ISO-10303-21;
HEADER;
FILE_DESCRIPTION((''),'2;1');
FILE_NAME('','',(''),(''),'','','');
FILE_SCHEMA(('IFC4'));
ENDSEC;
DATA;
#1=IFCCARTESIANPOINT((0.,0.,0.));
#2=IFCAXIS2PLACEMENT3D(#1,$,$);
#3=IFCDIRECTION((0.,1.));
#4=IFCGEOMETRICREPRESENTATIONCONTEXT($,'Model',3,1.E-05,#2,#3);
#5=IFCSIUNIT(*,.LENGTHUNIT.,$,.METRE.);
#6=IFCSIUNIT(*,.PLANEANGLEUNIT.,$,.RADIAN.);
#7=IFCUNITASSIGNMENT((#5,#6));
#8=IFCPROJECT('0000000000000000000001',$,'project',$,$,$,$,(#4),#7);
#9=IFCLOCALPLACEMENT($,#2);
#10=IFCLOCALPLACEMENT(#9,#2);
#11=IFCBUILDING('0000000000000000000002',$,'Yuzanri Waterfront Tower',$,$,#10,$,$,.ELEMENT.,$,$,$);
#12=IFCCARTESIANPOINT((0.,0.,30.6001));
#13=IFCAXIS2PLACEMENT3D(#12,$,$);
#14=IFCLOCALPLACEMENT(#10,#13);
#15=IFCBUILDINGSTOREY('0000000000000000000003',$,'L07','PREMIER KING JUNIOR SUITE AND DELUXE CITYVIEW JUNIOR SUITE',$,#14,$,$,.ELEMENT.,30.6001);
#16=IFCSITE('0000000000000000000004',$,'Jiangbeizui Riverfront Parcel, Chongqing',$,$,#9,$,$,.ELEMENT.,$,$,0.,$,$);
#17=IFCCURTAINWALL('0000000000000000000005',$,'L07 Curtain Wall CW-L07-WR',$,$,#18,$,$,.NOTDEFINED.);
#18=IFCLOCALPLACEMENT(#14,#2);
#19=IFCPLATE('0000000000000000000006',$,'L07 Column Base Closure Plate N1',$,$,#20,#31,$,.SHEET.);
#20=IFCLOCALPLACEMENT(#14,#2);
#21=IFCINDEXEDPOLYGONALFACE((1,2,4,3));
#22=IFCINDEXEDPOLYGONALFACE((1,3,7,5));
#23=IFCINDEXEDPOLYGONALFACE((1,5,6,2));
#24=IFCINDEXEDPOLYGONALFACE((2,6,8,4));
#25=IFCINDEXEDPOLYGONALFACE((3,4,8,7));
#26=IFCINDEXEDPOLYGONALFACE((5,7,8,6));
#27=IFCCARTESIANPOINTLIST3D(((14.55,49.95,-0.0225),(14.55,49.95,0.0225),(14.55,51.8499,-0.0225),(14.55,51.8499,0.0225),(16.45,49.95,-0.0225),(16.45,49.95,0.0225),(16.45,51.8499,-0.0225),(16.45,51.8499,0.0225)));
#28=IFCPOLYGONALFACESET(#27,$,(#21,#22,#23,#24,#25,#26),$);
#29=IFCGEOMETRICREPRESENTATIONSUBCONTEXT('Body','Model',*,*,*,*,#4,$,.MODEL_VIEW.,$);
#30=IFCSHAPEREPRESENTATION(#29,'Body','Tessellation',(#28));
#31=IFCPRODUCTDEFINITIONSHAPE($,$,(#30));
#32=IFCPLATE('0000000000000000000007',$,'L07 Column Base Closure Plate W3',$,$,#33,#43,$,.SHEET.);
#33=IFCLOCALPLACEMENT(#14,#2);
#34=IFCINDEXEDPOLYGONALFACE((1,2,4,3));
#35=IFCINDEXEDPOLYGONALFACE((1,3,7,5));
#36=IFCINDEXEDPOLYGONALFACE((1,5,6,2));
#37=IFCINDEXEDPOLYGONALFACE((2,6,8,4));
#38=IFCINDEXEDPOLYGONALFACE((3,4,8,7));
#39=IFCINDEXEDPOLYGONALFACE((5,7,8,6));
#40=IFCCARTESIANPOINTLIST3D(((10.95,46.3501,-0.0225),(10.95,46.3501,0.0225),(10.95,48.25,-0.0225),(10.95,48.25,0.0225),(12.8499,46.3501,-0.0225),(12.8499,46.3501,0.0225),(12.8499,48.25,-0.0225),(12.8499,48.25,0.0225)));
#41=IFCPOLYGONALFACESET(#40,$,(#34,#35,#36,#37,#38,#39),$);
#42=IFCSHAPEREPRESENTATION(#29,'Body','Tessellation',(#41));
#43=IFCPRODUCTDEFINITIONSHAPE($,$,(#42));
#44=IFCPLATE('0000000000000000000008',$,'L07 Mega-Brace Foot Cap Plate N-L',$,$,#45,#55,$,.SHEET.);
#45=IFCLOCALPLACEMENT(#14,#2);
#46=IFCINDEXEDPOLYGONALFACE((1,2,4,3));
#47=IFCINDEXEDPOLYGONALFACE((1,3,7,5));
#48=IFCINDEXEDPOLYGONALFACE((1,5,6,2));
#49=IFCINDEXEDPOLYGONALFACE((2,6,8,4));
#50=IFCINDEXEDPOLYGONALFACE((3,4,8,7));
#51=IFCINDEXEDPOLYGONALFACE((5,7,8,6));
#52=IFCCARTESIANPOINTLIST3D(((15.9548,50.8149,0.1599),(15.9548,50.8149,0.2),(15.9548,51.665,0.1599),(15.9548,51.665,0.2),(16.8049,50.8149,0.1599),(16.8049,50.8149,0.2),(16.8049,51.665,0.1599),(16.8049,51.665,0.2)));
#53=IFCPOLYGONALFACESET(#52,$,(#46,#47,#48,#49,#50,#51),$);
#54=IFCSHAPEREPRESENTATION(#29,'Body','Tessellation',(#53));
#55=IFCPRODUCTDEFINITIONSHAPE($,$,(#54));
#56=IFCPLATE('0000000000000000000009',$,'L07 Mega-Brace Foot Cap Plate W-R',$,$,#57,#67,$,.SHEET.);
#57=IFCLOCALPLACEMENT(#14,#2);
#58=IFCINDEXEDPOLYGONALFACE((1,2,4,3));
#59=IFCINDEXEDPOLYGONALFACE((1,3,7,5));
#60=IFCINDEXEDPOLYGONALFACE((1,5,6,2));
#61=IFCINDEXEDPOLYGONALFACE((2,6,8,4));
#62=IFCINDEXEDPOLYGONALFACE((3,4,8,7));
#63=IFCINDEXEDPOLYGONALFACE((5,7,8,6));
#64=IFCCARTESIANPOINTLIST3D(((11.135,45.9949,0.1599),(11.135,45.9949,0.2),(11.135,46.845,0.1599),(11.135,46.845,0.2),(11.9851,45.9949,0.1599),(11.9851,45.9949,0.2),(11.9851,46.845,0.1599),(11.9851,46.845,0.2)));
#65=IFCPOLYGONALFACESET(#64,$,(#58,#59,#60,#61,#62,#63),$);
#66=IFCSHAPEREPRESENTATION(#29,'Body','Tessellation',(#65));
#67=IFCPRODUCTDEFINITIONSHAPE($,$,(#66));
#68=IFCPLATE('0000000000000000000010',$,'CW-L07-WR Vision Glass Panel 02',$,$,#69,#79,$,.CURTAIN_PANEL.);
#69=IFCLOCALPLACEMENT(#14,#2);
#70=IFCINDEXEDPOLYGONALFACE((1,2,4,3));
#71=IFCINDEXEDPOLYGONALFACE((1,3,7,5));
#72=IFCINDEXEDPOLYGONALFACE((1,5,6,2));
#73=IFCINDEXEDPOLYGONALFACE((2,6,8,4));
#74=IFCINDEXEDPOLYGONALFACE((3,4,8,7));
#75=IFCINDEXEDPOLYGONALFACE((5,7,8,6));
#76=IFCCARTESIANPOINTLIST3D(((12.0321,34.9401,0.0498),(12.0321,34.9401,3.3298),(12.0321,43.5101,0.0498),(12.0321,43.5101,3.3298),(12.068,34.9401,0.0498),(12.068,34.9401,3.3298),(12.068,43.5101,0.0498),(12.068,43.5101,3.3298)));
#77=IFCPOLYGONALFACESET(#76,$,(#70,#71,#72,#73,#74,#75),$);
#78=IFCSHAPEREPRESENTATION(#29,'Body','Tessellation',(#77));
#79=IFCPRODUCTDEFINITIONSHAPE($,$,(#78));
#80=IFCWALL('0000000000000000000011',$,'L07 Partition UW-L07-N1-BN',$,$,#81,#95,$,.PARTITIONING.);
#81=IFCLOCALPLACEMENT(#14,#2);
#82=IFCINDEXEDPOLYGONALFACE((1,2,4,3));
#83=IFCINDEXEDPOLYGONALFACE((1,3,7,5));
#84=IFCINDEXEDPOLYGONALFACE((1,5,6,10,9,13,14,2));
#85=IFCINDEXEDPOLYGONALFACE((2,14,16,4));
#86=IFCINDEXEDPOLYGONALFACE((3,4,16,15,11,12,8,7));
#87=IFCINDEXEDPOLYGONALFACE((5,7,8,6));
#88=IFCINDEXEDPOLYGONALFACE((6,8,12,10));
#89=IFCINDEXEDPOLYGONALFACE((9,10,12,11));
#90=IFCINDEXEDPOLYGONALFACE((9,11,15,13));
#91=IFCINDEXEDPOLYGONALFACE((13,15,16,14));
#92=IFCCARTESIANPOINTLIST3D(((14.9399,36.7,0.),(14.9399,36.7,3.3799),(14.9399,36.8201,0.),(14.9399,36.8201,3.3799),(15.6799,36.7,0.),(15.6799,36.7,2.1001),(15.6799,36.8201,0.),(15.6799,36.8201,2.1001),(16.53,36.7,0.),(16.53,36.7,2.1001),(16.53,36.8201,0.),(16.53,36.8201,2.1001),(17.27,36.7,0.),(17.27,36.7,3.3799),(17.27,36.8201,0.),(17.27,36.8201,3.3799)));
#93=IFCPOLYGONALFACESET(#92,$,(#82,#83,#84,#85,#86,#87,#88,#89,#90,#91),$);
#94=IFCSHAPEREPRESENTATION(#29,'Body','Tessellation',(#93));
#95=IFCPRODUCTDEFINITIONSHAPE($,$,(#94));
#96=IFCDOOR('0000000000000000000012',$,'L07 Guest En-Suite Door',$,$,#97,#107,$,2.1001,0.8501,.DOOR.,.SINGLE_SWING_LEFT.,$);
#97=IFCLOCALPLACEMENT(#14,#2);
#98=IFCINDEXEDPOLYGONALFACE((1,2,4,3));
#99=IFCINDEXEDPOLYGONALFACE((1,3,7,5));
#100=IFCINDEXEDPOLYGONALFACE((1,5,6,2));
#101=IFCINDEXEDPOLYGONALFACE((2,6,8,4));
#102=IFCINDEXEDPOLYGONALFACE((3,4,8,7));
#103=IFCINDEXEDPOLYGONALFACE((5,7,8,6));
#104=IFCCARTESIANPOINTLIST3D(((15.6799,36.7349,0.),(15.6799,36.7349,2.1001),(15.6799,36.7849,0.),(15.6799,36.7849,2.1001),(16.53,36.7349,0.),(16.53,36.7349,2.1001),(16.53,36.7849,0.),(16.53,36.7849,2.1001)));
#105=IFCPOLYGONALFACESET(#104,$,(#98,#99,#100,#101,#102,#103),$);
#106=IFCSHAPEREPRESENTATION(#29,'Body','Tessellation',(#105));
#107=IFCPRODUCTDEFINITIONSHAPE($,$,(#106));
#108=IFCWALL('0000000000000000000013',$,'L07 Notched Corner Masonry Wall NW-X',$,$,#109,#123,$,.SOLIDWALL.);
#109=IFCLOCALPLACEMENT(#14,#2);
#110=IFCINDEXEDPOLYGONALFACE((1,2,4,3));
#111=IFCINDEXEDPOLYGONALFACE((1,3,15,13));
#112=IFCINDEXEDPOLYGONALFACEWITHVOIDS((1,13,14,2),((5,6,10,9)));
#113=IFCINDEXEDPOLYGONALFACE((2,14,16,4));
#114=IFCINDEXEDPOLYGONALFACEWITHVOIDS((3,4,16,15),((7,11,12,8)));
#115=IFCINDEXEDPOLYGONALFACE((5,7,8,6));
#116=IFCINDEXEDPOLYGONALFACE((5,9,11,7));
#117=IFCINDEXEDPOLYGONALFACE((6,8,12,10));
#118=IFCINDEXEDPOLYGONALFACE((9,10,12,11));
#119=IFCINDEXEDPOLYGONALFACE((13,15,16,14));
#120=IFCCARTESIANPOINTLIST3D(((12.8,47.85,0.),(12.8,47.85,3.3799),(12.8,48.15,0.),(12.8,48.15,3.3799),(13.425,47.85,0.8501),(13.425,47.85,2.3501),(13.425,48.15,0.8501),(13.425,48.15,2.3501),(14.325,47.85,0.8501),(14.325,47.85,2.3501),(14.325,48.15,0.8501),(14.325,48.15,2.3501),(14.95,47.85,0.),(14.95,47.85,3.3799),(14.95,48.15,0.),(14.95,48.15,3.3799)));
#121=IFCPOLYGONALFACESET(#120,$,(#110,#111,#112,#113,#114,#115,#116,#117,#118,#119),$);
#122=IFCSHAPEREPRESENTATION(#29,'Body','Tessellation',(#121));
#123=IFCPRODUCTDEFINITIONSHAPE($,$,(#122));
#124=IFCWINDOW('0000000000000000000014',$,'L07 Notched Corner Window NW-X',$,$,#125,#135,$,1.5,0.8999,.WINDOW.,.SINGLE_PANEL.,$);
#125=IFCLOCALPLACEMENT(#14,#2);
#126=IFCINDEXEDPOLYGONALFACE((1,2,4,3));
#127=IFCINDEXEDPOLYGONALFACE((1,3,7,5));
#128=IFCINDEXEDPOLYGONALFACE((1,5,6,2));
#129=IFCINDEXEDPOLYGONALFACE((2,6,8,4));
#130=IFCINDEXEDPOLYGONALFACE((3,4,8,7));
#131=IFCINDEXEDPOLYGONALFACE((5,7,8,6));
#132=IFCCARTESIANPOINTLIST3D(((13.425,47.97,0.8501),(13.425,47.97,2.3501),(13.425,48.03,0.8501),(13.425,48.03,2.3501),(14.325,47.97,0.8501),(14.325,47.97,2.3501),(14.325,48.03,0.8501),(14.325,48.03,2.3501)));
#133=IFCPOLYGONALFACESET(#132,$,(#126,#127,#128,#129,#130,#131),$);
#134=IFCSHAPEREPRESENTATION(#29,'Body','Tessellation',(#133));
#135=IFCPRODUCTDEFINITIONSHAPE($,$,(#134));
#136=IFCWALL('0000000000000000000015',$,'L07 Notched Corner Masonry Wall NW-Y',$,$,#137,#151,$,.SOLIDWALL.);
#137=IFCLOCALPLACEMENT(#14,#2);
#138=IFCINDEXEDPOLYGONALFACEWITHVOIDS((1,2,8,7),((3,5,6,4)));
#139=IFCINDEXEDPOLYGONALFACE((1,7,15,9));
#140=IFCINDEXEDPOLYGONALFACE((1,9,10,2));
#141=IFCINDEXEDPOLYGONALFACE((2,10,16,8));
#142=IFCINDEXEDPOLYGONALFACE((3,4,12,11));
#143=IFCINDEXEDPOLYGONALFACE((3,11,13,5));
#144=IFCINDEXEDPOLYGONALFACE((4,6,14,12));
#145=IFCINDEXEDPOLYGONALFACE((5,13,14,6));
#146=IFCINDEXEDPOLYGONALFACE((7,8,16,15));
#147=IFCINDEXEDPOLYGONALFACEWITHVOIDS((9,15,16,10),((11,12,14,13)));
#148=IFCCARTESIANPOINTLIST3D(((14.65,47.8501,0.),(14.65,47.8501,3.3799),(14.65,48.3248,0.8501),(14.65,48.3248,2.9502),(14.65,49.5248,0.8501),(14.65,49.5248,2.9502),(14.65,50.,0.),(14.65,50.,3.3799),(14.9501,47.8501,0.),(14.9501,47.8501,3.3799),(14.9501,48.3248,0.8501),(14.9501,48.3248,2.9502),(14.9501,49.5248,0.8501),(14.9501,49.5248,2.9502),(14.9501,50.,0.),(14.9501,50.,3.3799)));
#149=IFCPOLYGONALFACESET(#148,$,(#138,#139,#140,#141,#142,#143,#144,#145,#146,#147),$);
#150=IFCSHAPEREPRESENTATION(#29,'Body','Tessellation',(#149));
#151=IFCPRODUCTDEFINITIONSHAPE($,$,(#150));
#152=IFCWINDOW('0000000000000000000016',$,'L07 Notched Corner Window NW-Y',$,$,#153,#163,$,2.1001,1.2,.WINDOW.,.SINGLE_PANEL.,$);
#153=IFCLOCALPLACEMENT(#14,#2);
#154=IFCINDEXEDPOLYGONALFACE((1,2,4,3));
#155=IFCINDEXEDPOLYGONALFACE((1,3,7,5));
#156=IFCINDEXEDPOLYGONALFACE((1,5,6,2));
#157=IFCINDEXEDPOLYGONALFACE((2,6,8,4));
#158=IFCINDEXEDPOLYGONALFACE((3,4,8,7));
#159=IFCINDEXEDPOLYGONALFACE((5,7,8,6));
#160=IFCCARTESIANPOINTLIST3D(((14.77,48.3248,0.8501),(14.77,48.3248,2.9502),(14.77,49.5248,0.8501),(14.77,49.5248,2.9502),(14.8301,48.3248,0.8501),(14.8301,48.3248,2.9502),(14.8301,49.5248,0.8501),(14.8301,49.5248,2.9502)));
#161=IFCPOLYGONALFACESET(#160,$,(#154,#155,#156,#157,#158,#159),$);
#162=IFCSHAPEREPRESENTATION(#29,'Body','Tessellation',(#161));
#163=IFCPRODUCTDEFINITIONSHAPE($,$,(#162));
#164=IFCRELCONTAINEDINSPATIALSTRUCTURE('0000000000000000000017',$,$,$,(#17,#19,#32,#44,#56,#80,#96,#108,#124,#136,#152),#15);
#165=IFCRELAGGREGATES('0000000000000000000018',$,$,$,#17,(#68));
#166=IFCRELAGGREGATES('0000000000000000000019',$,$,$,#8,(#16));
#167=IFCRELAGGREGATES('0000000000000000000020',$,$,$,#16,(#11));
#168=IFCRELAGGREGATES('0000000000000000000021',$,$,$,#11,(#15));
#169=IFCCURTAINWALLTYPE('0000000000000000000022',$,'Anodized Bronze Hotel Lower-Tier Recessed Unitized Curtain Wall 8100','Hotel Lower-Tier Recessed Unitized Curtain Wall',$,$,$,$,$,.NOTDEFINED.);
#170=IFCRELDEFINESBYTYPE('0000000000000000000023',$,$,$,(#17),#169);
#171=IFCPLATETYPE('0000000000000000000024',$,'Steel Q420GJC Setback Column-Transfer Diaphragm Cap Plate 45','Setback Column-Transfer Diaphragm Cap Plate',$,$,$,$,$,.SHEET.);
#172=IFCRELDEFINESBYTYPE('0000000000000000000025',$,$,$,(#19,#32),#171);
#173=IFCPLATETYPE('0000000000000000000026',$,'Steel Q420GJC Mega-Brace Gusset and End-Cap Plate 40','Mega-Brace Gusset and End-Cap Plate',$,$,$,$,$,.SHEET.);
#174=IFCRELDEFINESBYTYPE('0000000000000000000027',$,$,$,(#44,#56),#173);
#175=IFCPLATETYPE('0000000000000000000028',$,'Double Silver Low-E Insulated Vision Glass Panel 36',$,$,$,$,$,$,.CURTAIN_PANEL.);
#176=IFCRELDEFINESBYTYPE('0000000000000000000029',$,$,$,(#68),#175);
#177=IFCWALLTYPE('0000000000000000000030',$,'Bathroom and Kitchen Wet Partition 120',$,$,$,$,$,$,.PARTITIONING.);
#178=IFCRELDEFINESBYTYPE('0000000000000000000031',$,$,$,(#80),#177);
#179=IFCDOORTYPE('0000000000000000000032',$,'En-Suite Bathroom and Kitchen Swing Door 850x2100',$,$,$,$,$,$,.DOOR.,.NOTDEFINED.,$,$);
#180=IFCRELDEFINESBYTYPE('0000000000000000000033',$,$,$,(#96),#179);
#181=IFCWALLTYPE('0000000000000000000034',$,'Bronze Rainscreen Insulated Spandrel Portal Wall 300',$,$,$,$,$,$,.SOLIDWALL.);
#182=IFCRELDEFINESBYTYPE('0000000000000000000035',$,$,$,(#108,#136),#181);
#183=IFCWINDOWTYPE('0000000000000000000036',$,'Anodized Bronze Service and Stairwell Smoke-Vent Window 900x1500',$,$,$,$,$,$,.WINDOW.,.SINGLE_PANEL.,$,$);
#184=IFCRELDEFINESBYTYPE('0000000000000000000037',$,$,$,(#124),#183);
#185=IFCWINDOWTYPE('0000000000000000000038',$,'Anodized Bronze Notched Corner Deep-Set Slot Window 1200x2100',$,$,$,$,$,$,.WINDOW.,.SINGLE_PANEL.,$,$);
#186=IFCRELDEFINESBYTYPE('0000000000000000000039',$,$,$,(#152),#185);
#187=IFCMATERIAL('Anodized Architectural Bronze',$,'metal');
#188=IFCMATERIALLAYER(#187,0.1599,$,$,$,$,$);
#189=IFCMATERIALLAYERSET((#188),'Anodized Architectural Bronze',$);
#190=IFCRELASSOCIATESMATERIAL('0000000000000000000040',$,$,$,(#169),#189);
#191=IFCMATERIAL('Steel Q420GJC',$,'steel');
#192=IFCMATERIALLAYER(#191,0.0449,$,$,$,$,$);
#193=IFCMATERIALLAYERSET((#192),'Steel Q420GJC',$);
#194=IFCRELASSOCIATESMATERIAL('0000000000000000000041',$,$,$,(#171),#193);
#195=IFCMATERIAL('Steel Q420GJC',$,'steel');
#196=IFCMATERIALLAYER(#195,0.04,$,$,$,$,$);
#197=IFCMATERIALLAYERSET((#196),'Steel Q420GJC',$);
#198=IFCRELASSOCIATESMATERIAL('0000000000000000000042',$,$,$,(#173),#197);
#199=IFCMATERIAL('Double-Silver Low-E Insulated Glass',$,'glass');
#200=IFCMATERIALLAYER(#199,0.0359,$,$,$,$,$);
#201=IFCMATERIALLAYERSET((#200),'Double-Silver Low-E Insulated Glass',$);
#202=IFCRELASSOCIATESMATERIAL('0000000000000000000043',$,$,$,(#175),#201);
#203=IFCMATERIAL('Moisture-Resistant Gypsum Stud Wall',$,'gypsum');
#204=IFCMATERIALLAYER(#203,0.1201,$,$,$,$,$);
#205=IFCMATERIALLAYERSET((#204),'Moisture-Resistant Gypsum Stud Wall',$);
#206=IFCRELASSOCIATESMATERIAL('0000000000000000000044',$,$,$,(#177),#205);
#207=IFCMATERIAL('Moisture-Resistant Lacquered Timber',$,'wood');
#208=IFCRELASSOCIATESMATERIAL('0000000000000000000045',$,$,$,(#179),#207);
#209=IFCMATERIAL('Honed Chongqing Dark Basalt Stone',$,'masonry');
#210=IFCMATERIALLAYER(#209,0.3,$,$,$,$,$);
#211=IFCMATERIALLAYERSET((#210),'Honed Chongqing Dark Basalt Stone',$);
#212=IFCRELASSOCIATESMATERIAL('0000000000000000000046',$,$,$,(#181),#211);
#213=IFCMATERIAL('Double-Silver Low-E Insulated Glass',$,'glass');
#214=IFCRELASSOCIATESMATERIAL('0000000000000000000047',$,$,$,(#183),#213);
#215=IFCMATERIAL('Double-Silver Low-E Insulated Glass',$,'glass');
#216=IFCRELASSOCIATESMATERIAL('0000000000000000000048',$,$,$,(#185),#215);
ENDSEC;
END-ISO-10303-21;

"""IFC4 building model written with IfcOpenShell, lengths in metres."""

from ifc_helpers import new_model, si_unit, direction, frame, frame_2d, origin, origin_2d, place, context, subcontext, project, spatial, rectangle, extrude, source, transform, mapped, material, layer, layer_set, type_object, element, fill, aggregate, save


model = new_model("IFC4")

# Units and contexts
model_context = context("Model", 3, precision=1e-05, world=origin(), true_north=direction((0.0, 1.0)))
body_context = subcontext(model_context, "Body", "Model", "MODEL_VIEW")
ifc_project = project(units=[si_unit("LENGTHUNIT", "METRE"), si_unit("PLANEANGLEUNIT", "RADIAN")], contexts=[model_context])

# Site, building, storey
site_placement = place(None, origin())
site = spatial("IfcSite", under=ifc_project, at=site_placement, Name="Jiangbeizui Riverfront Parcel, Chongqing", CompositionType="ELEMENT", RefElevation=0.0)
building_placement = place(site_placement, origin())
building = spatial("IfcBuilding", under=site, at=building_placement, Name="Yuzanri Waterfront Tower", CompositionType="ELEMENT")
storey_placement = place(building_placement, frame((0.0, 0.0, 30.6001)))
storey = spatial("IfcBuildingStorey", under=building, at=storey_placement, Name="L07", Description="PREMIER KING JUNIOR SUITE AND DELUXE CITYVIEW JUNIOR SUITE", CompositionType="ELEMENT", Elevation=30.6001)

# Curtain wall
ifc_material_1 = material(Name="Anodized Architectural Bronze", Category="metal")
ifc_layer_1 = layer(ifc_material_1, 0.1599)
ifc_layer_set_1 = layer_set([ifc_layer_1], Name="Anodized Architectural Bronze")
curtain_wall_type = type_object("IfcCurtainWallType", Name="Anodized Bronze Hotel Lower-Tier Recessed Unitized Curtain Wall 8100", Description="Hotel Lower-Tier Recessed Unitized Curtain Wall", PredefinedType="NOTDEFINED", material=ifc_layer_set_1)
curtain_wall_placement = place(storey_placement, origin())
curtain_wall = element("IfcCurtainWall", 1, at=curtain_wall_placement, inside=storey, type_object=curtain_wall_type, Name="L07 Curtain Wall CW-L07-WR", PredefinedType="NOTDEFINED")

# Plates
ifc_material_2 = material(Name="Steel Q420GJC", Category="steel")
ifc_layer_2 = layer(ifc_material_2, 0.0449)
ifc_layer_set_2 = layer_set([ifc_layer_2], Name="Steel Q420GJC")
plate_type_1 = type_object("IfcPlateType", Name="Steel Q420GJC Setback Column-Transfer Diaphragm Cap Plate 45", Description="Setback Column-Transfer Diaphragm Cap Plate", PredefinedType="SHEET", material=ifc_layer_set_2)
shared_shape_1 = source(origin(), body_context, "Body", "SweptSolid", [
    extrude(rectangle(XDim=1.8999, YDim=1.8999, at=origin_2d()), origin(), (0.0, 0.0, 1.0), 0.0449),
])
for number, where, z_axis, x_axis, name in (
    (2, (15.5, 50.8999, -0.0225), (0.0, 0.0, 1.0), (1.0, 0.0, 0.0), "L07 Column Base Closure Plate N1"),
    (3, (11.8999, 47.3, -0.0225), (0.0, 0.0, 1.0), (1.0, 0.0, 0.0), "L07 Column Base Closure Plate W3"),
):
    element("IfcPlate", number, at=place(storey_placement, frame(where, z_axis=z_axis, x_axis=x_axis)), inside=storey, type_object=plate_type_1, Name=name, PredefinedType="SHEET", context=body_context, shape_type="MappedRepresentation", body=[
        mapped(shared_shape_1, transform((0.0, 0.0, 0.0), scale=1.0)),
    ])
ifc_material_3 = material(Name="Steel Q420GJC", Category="steel")
ifc_layer_3 = layer(ifc_material_3, 0.04)
ifc_layer_set_3 = layer_set([ifc_layer_3], Name="Steel Q420GJC")
plate_type_2 = type_object("IfcPlateType", Name="Steel Q420GJC Mega-Brace Gusset and End-Cap Plate 40", Description="Mega-Brace Gusset and End-Cap Plate", PredefinedType="SHEET", material=ifc_layer_set_3)
shared_shape_2 = source(origin(), body_context, "Body", "SweptSolid", [
    extrude(rectangle(XDim=0.8501, YDim=0.8501, at=origin_2d()), origin(), (0.0, 0.0, 1.0), 0.04),
])
for number, where, z_axis, x_axis, name in (
    (4, (16.3799, 51.24, 0.1599), (0.0, 0.0, 1.0), (1.0, 0.0, 0.0), "L07 Mega-Brace Foot Cap Plate N-L"),
    (5, (11.5601, 46.4199, 0.1599), (0.0, 0.0, 1.0), (1.0, 0.0, 0.0), "L07 Mega-Brace Foot Cap Plate W-R"),
):
    element("IfcPlate", number, at=place(storey_placement, frame(where, z_axis=z_axis, x_axis=x_axis)), inside=storey, type_object=plate_type_2, Name=name, PredefinedType="SHEET", context=body_context, shape_type="MappedRepresentation", body=[
        mapped(shared_shape_2, transform((0.0, 0.0, 0.0), scale=1.0)),
    ])

# Plate
ifc_material_4 = material(Name="Double-Silver Low-E Insulated Glass", Category="glass")
ifc_layer_4 = layer(ifc_material_4, 0.0359)
ifc_layer_set_4 = layer_set([ifc_layer_4], Name="Double-Silver Low-E Insulated Glass")
plate_type_3 = type_object("IfcPlateType", Name="Double Silver Low-E Insulated Vision Glass Panel 36", PredefinedType="CURTAIN_PANEL", material=ifc_layer_set_4)
shared_shape_3 = source(origin(), body_context, "Body", "SweptSolid", [
    extrude(rectangle(XDim=8.5701, YDim=0.0359, at=origin_2d()), origin(), (0.0, 0.0, 1.0), 3.28),
])
plate_placement = place(storey_placement, frame((12.05, 39.2251, 0.0498), z_axis=(0.0, 0.0, 1.0), x_axis=(0.0, 1.0, 0.0)))
plate = element("IfcPlate", 6, at=plate_placement, type_object=plate_type_3, Name="CW-L07-WR Vision Glass Panel 02", PredefinedType="CURTAIN_PANEL", context=body_context, shape_type="MappedRepresentation", body=[
    mapped(shared_shape_3, transform((0.0, 0.0, 0.0), scale=1.0)),
])
aggregate(curtain_wall, [plate])

# Wall, opening, door
ifc_material_5 = material(Name="Moisture-Resistant Gypsum Stud Wall", Category="gypsum")
ifc_layer_5 = layer(ifc_material_5, 0.1201)
ifc_layer_set_5 = layer_set([ifc_layer_5], Name="Moisture-Resistant Gypsum Stud Wall")
wall_type_1 = type_object("IfcWallType", Name="Bathroom and Kitchen Wet Partition 120", PredefinedType="PARTITIONING", material=ifc_layer_set_5)
wall_1_placement = place(storey_placement, frame((14.9399, 36.76, 0.0), z_axis=(0.0, 0.0, 1.0), x_axis=(1.0, 0.0, 0.0)))
wall_1 = element("IfcWall", 7, at=wall_1_placement, inside=storey, type_object=wall_type_1, Name="L07 Partition UW-L07-N1-BN", PredefinedType="PARTITIONING", context=body_context, shape_type="SweptSolid", body=[
    extrude(rectangle(XDim=2.3301, YDim=0.1201, at=frame_2d((1.165, 0.0))), origin(), (0.0, 0.0, 1.0), 3.3799),
])
opening_1_placement = place(wall_1_placement, frame((0.74, 0.0, 0.0)))
opening_1 = element("IfcOpeningElement", 8, at=opening_1_placement, cuts=wall_1, PredefinedType="OPENING", context=body_context, shape_type="SweptSolid", body=[
    extrude(rectangle(XDim=0.8501, YDim=2.1001, at=frame_2d((0.425, 1.05))), frame((0.0, 0.075, 0.0), z_axis=(0.0, -1.0, 0.0), x_axis=(1.0, 0.0, 0.0)), (0.0, 0.0, 1.0), 0.1499),
])
ifc_material_6 = material(Name="Moisture-Resistant Lacquered Timber", Category="wood")
door_type_1 = type_object("IfcDoorType", Name="En-Suite Bathroom and Kitchen Swing Door 850x2100", OperationType="NOTDEFINED", PredefinedType="DOOR", material=ifc_material_6)
shared_shape_4 = source(origin(), body_context, "Body", "SweptSolid", [
    extrude(rectangle(XDim=0.8501, YDim=2.1001, at=frame_2d((0.425, 1.05))), frame((0.0, 0.0249, 0.0), z_axis=(0.0, -1.0, 0.0), x_axis=(1.0, 0.0, 0.0)), (0.0, 0.0, 1.0), 0.05),
])
door_1_placement = place(opening_1_placement, origin())
door_1 = element("IfcDoor", 9, at=door_1_placement, inside=storey, type_object=door_type_1, Name="L07 Guest En-Suite Door", OperationType="SINGLE_SWING_LEFT", OverallHeight=2.1001, OverallWidth=0.8501, PredefinedType="DOOR", context=body_context, shape_type="MappedRepresentation", body=[
    mapped(shared_shape_4, transform((0.0, 0.0, 0.0), scale=1.0)),
])
fill(opening_1, door_1)

# Walls, openings, windows
ifc_material_7 = material(Name="Honed Chongqing Dark Basalt Stone", Category="masonry")
ifc_layer_6 = layer(ifc_material_7, 0.3)
ifc_layer_set_6 = layer_set([ifc_layer_6], Name="Honed Chongqing Dark Basalt Stone")
wall_type_2 = type_object("IfcWallType", Name="Bronze Rainscreen Insulated Spandrel Portal Wall 300", PredefinedType="SOLIDWALL", material=ifc_layer_set_6)
wall_2_placement = place(storey_placement, frame((14.95, 48.0, 0.0), z_axis=(0.0, 0.0, 1.0), x_axis=(-1.0, 0.0, 0.0)))
wall_2 = element("IfcWall", 10, at=wall_2_placement, inside=storey, type_object=wall_type_2, Name="L07 Notched Corner Masonry Wall NW-X", PredefinedType="SOLIDWALL", context=body_context, shape_type="SweptSolid", body=[
    extrude(rectangle(XDim=2.1499, YDim=0.3, at=frame_2d((1.075, 0.0))), origin(), (0.0, 0.0, 1.0), 3.3799),
])
opening_2_placement = place(wall_2_placement, frame((0.625, 0.0, 0.8501)))
opening_2 = element("IfcOpeningElement", 11, at=opening_2_placement, cuts=wall_2, PredefinedType="OPENING", context=body_context, shape_type="SweptSolid", body=[
    extrude(rectangle(XDim=0.8999, YDim=1.5, at=frame_2d((0.45, 0.75))), frame((0.0, 0.165, 0.0), z_axis=(0.0, -1.0, 0.0), x_axis=(1.0, 0.0, 0.0)), (0.0, 0.0, 1.0), 0.3298),
])
ifc_material_8 = material(Name="Double-Silver Low-E Insulated Glass", Category="glass")
window_type_1 = type_object("IfcWindowType", Name="Anodized Bronze Service and Stairwell Smoke-Vent Window 900x1500", PartitioningType="SINGLE_PANEL", PredefinedType="WINDOW", material=ifc_material_8)
shared_shape_5 = source(origin(), body_context, "Body", "SweptSolid", [
    extrude(rectangle(XDim=0.8999, YDim=1.5, at=frame_2d((0.45, 0.75))), frame((0.0, 0.03, 0.0), z_axis=(0.0, -1.0, 0.0), x_axis=(1.0, 0.0, 0.0)), (0.0, 0.0, 1.0), 0.0601),
])
window_1_placement = place(opening_2_placement, origin())
window_1 = element("IfcWindow", 12, at=window_1_placement, inside=storey, type_object=window_type_1, Name="L07 Notched Corner Window NW-X", OverallHeight=1.5, OverallWidth=0.8999, PartitioningType="SINGLE_PANEL", PredefinedType="WINDOW", context=body_context, shape_type="MappedRepresentation", body=[
    mapped(shared_shape_5, transform((0.0, 0.0, 0.0), scale=1.0)),
])
fill(opening_2, window_1)
wall_3_placement = place(storey_placement, frame((14.8, 50.0, 0.0), z_axis=(0.0, 0.0, 1.0), x_axis=(0.0, -1.0, 0.0)))
wall_3 = element("IfcWall", 13, at=wall_3_placement, inside=storey, type_object=wall_type_2, Name="L07 Notched Corner Masonry Wall NW-Y", PredefinedType="SOLIDWALL", context=body_context, shape_type="SweptSolid", body=[
    extrude(rectangle(XDim=2.1499, YDim=0.3, at=frame_2d((1.075, 0.0))), origin(), (0.0, 0.0, 1.0), 3.3799),
])
opening_3_placement = place(wall_3_placement, frame((0.4751, 0.0, 0.8501)))
opening_3 = element("IfcOpeningElement", 14, at=opening_3_placement, cuts=wall_3, PredefinedType="OPENING", context=body_context, shape_type="SweptSolid", body=[
    extrude(rectangle(XDim=1.2, YDim=2.1001, at=frame_2d((0.6001, 1.05))), frame((0.0, 0.165, 0.0), z_axis=(0.0, -1.0, 0.0), x_axis=(1.0, 0.0, 0.0)), (0.0, 0.0, 1.0), 0.3298),
])
ifc_material_9 = material(Name="Double-Silver Low-E Insulated Glass", Category="glass")
window_type_2 = type_object("IfcWindowType", Name="Anodized Bronze Notched Corner Deep-Set Slot Window 1200x2100", PartitioningType="SINGLE_PANEL", PredefinedType="WINDOW", material=ifc_material_9)
shared_shape_6 = source(origin(), body_context, "Body", "SweptSolid", [
    extrude(rectangle(XDim=1.2, YDim=2.1001, at=frame_2d((0.6001, 1.05))), frame((0.0, 0.03, 0.0), z_axis=(0.0, -1.0, 0.0), x_axis=(1.0, 0.0, 0.0)), (0.0, 0.0, 1.0), 0.0601),
])
window_2_placement = place(opening_3_placement, origin())
window_2 = element("IfcWindow", 15, at=window_2_placement, inside=storey, type_object=window_type_2, Name="L07 Notched Corner Window NW-Y", OverallHeight=2.1001, OverallWidth=1.2, PartitioningType="SINGLE_PANEL", PredefinedType="WINDOW", context=body_context, shape_type="MappedRepresentation", body=[
    mapped(shared_shape_6, transform((0.0, 0.0, 0.0), scale=1.0)),
])
fill(opening_3, window_2)

save(model, "model.ifc")
